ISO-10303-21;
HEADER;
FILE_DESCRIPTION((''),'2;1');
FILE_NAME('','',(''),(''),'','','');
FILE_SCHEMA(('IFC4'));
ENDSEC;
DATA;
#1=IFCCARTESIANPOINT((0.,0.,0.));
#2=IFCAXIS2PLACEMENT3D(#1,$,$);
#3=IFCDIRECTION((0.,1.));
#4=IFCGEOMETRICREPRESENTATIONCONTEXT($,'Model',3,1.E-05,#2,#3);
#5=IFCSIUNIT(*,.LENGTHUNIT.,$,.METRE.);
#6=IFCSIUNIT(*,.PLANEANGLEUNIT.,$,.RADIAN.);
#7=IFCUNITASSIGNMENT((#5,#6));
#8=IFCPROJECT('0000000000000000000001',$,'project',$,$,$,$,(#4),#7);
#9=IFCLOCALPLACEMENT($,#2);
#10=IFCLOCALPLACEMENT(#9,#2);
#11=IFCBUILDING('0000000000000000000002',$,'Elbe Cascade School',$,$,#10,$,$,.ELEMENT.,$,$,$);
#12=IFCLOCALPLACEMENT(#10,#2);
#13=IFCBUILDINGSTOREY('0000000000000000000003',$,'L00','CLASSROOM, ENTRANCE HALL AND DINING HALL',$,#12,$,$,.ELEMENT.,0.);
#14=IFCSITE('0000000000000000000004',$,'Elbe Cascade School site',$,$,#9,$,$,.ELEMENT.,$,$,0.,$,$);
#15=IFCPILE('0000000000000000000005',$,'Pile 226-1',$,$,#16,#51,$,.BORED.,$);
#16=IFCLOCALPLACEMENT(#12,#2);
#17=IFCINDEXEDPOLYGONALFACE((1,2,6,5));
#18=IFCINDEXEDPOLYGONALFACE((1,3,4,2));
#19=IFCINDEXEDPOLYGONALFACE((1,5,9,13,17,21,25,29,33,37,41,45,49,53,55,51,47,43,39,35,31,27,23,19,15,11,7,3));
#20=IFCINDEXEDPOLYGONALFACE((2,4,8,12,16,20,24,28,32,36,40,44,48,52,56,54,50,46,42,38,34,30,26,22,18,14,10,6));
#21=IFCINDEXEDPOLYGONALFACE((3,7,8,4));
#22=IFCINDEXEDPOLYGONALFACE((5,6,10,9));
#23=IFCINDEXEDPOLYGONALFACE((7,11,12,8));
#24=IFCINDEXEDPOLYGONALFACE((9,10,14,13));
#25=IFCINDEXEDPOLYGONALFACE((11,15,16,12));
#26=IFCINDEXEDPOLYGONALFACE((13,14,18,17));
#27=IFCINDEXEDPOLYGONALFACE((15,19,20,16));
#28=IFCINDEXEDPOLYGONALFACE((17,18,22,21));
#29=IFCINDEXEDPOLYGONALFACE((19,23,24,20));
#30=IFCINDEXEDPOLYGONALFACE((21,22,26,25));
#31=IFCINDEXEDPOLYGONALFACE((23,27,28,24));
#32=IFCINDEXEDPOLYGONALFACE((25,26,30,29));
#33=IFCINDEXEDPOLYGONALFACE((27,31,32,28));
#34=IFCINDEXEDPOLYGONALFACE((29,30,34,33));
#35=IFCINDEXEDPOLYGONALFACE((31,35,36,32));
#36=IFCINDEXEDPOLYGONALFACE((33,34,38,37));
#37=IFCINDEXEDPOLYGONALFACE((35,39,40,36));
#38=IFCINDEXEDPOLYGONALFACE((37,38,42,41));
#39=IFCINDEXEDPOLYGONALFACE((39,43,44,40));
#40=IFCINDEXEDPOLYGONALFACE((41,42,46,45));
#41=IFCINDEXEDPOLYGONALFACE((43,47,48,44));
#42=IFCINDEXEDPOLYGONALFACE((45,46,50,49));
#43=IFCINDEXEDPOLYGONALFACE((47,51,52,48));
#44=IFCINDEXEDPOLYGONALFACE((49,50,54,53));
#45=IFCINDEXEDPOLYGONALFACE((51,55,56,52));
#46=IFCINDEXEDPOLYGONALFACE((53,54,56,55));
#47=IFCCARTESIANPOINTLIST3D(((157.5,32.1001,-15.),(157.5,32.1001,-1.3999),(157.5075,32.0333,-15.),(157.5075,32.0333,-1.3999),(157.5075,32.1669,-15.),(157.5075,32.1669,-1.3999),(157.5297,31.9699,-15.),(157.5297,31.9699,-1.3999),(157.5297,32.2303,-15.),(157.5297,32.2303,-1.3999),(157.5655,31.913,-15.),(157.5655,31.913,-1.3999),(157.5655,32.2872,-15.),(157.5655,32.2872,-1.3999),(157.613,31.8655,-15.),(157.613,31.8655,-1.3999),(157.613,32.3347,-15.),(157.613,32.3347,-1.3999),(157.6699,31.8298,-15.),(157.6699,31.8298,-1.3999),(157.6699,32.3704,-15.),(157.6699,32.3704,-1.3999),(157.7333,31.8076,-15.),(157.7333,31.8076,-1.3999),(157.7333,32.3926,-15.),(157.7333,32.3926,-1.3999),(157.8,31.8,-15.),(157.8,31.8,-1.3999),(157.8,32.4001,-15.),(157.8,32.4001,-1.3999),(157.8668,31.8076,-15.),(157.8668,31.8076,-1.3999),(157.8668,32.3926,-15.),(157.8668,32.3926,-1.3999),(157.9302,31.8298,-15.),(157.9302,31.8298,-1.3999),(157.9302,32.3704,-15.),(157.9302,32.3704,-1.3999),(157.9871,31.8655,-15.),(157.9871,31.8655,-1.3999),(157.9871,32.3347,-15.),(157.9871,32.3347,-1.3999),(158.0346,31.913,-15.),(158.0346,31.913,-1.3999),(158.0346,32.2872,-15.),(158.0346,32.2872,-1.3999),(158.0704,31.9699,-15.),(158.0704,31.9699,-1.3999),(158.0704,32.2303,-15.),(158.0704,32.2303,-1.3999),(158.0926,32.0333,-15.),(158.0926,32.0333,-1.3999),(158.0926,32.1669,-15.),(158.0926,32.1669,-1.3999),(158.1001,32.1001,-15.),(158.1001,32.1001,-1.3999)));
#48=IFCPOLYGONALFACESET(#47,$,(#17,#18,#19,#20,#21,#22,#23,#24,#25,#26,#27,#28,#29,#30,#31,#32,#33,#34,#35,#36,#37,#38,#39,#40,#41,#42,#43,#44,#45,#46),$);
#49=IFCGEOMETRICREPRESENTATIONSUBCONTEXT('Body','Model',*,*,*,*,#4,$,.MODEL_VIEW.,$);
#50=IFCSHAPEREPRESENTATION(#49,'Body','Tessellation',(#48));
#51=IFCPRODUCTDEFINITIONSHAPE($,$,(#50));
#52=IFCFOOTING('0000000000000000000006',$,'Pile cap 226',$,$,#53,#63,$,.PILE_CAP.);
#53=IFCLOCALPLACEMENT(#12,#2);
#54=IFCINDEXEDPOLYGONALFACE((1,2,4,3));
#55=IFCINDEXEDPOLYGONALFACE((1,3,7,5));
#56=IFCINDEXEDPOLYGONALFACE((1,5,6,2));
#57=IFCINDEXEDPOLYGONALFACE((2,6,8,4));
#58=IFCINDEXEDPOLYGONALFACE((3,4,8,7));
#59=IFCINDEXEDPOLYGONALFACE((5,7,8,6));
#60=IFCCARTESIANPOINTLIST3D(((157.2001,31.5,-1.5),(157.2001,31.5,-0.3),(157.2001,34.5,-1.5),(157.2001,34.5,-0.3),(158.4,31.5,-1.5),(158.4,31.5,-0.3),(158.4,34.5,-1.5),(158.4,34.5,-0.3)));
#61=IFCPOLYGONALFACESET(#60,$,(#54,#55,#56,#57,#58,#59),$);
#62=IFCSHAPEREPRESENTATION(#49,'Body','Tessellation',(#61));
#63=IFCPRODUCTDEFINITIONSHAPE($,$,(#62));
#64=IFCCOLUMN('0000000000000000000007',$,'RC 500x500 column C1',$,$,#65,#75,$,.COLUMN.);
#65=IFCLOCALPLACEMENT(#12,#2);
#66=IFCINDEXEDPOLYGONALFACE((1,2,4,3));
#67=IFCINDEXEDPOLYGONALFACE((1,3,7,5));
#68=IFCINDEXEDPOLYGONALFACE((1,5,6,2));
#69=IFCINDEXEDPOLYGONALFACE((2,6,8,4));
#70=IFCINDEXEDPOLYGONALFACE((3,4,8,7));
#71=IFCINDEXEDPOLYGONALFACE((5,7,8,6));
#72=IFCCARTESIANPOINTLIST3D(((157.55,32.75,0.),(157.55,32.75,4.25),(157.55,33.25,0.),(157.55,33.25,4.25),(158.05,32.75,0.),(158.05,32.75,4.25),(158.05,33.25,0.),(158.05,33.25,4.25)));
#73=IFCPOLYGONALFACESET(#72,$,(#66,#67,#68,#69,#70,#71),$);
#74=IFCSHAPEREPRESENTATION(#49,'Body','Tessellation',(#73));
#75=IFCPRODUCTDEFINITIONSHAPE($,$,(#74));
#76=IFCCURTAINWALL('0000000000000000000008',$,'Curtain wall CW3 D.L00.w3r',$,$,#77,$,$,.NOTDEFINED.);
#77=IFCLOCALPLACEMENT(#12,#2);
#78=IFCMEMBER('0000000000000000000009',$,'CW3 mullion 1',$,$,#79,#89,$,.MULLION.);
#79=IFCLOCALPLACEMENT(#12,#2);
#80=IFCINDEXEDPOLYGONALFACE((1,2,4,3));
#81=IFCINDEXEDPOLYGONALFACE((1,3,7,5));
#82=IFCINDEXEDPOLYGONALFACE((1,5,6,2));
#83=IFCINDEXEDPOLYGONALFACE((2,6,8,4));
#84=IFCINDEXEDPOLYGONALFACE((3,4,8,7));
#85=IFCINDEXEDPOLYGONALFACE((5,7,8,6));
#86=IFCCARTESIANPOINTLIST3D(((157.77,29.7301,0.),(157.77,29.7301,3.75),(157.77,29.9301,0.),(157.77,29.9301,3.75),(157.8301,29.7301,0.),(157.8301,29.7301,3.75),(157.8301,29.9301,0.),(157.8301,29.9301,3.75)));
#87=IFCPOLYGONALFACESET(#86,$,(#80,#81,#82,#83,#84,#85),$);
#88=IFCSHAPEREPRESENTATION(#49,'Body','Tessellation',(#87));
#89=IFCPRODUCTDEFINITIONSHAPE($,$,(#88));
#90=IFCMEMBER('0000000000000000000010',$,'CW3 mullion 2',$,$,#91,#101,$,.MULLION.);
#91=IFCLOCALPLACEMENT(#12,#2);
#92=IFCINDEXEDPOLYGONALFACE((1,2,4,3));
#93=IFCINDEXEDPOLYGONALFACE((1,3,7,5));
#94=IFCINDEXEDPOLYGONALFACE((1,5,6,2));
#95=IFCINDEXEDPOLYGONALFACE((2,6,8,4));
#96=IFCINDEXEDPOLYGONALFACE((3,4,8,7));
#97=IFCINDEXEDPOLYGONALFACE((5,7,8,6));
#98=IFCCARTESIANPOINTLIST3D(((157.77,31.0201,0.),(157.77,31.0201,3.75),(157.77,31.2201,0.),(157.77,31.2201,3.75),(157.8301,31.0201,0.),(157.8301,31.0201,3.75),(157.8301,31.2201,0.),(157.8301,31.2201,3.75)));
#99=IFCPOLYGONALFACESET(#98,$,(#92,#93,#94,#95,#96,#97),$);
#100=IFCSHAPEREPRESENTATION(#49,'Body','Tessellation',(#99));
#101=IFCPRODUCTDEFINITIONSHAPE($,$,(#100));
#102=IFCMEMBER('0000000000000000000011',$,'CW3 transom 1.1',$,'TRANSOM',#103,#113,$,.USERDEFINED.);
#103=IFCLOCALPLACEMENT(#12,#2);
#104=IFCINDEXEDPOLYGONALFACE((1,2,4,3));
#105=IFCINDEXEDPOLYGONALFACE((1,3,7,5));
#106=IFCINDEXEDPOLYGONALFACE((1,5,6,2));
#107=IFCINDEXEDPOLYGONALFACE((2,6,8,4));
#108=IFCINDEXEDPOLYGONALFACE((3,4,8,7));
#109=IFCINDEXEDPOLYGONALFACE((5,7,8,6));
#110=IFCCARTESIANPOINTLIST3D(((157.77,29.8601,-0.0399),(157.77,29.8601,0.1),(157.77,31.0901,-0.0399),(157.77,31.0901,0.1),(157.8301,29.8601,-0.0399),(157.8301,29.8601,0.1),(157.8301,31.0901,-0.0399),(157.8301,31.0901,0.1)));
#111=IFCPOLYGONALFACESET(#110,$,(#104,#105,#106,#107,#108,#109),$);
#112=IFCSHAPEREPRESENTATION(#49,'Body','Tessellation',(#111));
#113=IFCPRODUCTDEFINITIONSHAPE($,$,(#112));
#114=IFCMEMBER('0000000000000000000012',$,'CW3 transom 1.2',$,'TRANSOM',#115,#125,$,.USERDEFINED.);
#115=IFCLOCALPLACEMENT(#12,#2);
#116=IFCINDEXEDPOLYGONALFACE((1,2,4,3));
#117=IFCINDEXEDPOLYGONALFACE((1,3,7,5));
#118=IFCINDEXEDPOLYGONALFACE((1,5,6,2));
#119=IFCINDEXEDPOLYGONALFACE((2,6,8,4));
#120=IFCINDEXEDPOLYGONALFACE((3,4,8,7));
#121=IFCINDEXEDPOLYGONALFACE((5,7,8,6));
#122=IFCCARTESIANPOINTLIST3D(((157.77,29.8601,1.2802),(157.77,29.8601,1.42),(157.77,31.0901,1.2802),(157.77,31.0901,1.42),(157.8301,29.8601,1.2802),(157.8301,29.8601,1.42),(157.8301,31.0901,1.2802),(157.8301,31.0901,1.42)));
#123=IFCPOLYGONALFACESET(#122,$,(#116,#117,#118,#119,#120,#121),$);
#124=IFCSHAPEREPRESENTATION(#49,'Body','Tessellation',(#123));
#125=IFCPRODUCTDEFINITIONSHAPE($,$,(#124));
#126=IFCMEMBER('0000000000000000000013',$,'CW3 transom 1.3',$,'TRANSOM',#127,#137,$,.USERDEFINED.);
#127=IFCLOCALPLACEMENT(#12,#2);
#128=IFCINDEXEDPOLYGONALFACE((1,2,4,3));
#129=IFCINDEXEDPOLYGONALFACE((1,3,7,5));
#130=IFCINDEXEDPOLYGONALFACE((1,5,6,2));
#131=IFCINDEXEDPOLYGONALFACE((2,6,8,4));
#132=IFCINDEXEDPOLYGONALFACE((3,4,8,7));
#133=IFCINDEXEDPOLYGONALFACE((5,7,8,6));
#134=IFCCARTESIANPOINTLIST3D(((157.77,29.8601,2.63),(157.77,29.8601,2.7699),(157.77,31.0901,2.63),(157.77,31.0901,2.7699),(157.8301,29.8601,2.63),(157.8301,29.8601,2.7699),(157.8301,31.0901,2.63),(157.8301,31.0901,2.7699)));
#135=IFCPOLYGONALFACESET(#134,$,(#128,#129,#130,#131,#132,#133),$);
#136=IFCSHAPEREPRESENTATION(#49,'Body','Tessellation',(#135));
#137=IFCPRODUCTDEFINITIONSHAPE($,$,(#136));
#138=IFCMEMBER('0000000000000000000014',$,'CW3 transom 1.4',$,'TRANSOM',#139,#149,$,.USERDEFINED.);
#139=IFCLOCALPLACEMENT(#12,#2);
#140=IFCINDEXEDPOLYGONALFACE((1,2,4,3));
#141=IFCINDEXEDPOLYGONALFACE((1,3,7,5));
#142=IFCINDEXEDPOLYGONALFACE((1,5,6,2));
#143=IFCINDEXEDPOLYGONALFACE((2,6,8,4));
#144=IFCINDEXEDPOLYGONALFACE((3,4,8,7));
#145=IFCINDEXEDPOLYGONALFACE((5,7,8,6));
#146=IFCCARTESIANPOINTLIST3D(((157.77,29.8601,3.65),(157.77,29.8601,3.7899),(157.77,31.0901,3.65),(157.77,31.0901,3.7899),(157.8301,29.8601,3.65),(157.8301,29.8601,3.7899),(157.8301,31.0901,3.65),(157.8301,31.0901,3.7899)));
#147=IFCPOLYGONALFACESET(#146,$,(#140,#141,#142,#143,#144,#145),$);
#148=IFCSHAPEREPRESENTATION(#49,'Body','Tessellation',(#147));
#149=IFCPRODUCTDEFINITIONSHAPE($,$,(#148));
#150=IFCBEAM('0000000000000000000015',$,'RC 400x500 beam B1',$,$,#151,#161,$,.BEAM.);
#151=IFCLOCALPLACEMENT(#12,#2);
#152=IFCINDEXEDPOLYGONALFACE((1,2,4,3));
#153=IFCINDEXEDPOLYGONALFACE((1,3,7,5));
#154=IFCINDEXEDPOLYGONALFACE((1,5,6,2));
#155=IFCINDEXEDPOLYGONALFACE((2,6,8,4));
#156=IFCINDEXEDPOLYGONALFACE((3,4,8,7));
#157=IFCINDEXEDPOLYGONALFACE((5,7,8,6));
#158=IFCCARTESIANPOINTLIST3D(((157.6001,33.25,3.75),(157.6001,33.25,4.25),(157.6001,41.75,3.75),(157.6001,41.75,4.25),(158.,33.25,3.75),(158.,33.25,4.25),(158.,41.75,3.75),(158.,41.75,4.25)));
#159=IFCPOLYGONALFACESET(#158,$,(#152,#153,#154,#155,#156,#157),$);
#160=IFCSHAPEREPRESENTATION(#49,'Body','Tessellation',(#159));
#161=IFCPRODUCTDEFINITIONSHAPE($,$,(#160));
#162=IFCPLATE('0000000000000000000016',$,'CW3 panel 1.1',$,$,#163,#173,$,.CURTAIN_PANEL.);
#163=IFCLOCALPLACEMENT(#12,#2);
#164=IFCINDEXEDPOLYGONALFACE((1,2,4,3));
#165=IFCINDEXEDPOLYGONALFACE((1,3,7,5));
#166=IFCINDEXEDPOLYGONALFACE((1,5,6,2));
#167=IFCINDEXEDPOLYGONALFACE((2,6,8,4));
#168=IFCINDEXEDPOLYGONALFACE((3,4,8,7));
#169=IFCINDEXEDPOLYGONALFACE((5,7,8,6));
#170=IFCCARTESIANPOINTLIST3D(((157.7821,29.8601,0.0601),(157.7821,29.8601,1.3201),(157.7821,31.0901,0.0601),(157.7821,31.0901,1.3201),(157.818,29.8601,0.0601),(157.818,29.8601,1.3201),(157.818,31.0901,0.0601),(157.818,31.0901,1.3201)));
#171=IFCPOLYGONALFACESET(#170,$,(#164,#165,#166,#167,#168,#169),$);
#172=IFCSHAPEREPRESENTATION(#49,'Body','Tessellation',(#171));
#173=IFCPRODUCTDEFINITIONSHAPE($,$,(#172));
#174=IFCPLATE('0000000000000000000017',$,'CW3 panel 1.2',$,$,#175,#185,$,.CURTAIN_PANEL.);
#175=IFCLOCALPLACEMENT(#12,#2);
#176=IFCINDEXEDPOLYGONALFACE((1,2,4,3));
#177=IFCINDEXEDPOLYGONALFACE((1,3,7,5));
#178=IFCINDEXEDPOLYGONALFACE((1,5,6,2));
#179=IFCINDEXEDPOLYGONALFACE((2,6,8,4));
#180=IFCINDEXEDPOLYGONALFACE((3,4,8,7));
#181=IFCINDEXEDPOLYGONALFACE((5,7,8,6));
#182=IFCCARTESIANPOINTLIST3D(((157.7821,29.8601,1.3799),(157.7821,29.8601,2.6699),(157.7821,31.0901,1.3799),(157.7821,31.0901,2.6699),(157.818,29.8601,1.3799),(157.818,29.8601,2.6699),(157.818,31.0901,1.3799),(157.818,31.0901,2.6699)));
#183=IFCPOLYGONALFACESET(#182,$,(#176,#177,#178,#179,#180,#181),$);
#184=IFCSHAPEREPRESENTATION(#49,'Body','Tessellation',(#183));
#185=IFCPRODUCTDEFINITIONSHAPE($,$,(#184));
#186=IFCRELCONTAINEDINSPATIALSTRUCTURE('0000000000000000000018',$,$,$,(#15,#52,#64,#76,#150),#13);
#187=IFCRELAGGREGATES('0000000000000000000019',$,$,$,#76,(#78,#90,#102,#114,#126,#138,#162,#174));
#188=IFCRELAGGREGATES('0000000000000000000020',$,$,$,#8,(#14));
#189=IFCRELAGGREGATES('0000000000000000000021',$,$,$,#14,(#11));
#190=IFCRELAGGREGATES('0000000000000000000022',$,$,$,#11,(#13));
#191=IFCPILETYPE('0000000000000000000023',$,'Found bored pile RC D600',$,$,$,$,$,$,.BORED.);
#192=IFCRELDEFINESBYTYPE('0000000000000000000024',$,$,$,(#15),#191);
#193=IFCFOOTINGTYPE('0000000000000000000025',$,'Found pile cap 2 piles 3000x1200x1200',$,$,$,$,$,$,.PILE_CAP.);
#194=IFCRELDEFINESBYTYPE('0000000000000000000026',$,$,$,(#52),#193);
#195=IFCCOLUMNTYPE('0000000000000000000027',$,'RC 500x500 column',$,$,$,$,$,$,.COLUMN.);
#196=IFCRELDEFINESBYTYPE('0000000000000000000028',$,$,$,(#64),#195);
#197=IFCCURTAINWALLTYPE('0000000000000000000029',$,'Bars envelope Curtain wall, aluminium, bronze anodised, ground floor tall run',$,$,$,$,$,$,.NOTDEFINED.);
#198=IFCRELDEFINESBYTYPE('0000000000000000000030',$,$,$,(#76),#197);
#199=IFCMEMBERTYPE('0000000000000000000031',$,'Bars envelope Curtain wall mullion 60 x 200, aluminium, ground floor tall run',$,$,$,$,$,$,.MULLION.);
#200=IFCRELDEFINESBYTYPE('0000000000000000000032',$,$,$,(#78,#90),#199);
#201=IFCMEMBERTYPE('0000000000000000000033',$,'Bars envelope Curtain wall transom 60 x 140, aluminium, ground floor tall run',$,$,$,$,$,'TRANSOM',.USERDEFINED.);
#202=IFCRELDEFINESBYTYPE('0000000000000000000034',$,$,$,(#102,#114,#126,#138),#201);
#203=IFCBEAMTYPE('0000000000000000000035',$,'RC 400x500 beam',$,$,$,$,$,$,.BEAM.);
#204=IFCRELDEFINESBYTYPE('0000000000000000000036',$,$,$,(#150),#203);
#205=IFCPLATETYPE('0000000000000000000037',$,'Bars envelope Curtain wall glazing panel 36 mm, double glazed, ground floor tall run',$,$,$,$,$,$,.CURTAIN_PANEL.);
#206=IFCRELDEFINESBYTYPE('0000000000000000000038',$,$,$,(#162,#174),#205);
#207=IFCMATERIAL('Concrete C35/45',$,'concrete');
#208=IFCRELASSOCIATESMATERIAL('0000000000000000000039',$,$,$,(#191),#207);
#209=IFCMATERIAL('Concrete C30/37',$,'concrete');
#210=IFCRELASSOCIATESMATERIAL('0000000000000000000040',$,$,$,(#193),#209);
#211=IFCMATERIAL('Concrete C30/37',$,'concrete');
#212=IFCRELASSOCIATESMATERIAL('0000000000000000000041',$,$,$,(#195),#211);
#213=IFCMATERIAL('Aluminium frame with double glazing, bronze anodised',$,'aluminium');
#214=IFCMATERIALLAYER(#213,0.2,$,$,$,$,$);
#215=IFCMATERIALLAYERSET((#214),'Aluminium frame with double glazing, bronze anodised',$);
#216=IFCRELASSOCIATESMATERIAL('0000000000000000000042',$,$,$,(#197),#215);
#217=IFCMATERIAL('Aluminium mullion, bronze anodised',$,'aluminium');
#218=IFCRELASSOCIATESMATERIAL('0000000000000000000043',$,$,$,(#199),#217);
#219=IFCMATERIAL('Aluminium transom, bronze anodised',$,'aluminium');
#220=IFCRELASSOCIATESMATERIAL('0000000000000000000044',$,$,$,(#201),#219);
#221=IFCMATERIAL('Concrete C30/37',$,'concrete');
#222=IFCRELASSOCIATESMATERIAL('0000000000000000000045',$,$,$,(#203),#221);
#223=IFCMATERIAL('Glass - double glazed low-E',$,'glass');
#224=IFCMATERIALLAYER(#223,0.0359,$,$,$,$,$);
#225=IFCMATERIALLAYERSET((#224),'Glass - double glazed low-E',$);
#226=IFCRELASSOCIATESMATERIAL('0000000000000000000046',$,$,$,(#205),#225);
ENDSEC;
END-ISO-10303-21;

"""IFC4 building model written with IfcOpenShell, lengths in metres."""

from ifc_helpers import new_model, si_unit, direction, frame, origin, origin_2d, place, context, subcontext, project, spatial, rectangle, circle, extrude, material, layer, layer_set, material_profile, profile_set, type_object, element, aggregate, save


model = new_model("IFC4")

# Units and contexts
model_context = context("Model", 3, precision=1e-05, world=origin(), true_north=direction((0.0, 1.0)))
body_context = subcontext(model_context, "Body", "Model", "MODEL_VIEW")
ifc_project = project(units=[si_unit("LENGTHUNIT", "METRE"), si_unit("PLANEANGLEUNIT", "RADIAN")], contexts=[model_context])

# Site, building, storey
site_placement = place(None, origin())
site = spatial("IfcSite", under=ifc_project, at=site_placement, Name="Elbe Cascade School site", CompositionType="ELEMENT", RefElevation=0.0)
building_placement = place(site_placement, origin())
building = spatial("IfcBuilding", under=site, at=building_placement, Name="Elbe Cascade School", CompositionType="ELEMENT")
storey_placement = place(building_placement, origin())
storey = spatial("IfcBuildingStorey", under=building, at=storey_placement, Name="L00", Description="CLASSROOM, ENTRANCE HALL AND DINING HALL", CompositionType="ELEMENT", Elevation=0.0)

# Pile
ifc_material_1 = material(Name="Concrete C35/45", Category="concrete")
ifc_material_profile_1 = material_profile(ifc_material_1, circle(Radius=0.3, at=origin_2d()), Name="RC D600")
ifc_profile_set_1 = profile_set([ifc_material_profile_1], Name="Concrete C35/45")
pile_type = type_object("IfcPileType", Name="Found bored pile RC D600", PredefinedType="BORED", material=ifc_profile_set_1)
pile_placement = place(storey_placement, frame((157.8, 32.1001, -1.3999), z_axis=(0.0, 0.0, -1.0), x_axis=(1.0, 0.0, 0.0)))
element("IfcPile", 1, at=pile_placement, inside=storey, type_object=pile_type, Name="Pile 226-1", PredefinedType="BORED", context=body_context, shape_type="SweptSolid", body=[
    extrude(circle(Radius=0.3, at=origin_2d()), origin(), (0.0, 0.0, 1.0), 13.6001),
])

# Footing
ifc_material_2 = material(Name="Concrete C30/37", Category="concrete")
footing_type = type_object("IfcFootingType", Name="Found pile cap 2 piles 3000x1200x1200", PredefinedType="PILE_CAP", material=ifc_material_2)
footing_placement = place(storey_placement, frame((157.8, 33.0, -1.5), z_axis=(0.0, 0.0, 1.0), x_axis=(1.0, 0.0, 0.0)))
element("IfcFooting", 2, at=footing_placement, inside=storey, type_object=footing_type, Name="Pile cap 226", PredefinedType="PILE_CAP", context=body_context, shape_type="SweptSolid", body=[
    extrude(rectangle(XDim=1.2, YDim=3.0, at=origin_2d()), origin(), (0.0, 0.0, 1.0), 1.2),
])

# Column
ifc_material_3 = material(Name="Concrete C30/37", Category="concrete")
ifc_material_profile_2 = material_profile(ifc_material_3, rectangle(XDim=0.5, YDim=0.5, at=origin_2d()), Name="RC 500x500")
ifc_profile_set_2 = profile_set([ifc_material_profile_2], Name="Concrete C30/37")
column_type = type_object("IfcColumnType", Name="RC 500x500 column", PredefinedType="COLUMN", material=ifc_profile_set_2)
column_placement = place(storey_placement, frame((157.8, 33.0, 0.0), z_axis=(0.0, 0.0, 1.0), x_axis=(1.0, 0.0, 0.0)))
element("IfcColumn", 3, at=column_placement, inside=storey, type_object=column_type, Name="RC 500x500 column C1", PredefinedType="COLUMN", context=body_context, shape_type="SweptSolid", body=[
    extrude(rectangle(XDim=0.5, YDim=0.5, at=origin_2d()), origin(), (0.0, 0.0, 1.0), 4.25),
])

# Curtain wall, members
ifc_material_4 = material(Name="Aluminium frame with double glazing, bronze anodised", Category="aluminium")
ifc_layer_1 = layer(ifc_material_4, 0.2)
ifc_layer_set_1 = layer_set([ifc_layer_1], Name="Aluminium frame with double glazing, bronze anodised")
curtain_wall_type = type_object("IfcCurtainWallType", Name="Bars envelope Curtain wall, aluminium, bronze anodised, ground floor tall run", PredefinedType="NOTDEFINED", material=ifc_layer_set_1)
curtain_wall_placement = place(storey_placement, origin())
curtain_wall = element("IfcCurtainWall", 4, at=curtain_wall_placement, inside=storey, type_object=curtain_wall_type, Name="Curtain wall CW3 D.L00.w3r", PredefinedType="NOTDEFINED")
ifc_material_5 = material(Name="Aluminium mullion, bronze anodised", Category="aluminium")
ifc_material_profile_3 = material_profile(ifc_material_5, rectangle(XDim=0.0601, YDim=0.2, at=origin_2d()), Name="Bars envelope Curtain wall mullion 60 x 200, aluminium, ground floor tall run")
ifc_profile_set_3 = profile_set([ifc_material_profile_3], Name="Aluminium mullion, bronze anodised")
member_type_1 = type_object("IfcMemberType", Name="Bars envelope Curtain wall mullion 60 x 200, aluminium, ground floor tall run", PredefinedType="MULLION", material=ifc_profile_set_3)
member_1_placement = place(storey_placement, frame((157.8, 29.8301, 0.0), z_axis=(0.0, 0.0, 1.0), x_axis=(-1.0, 0.0, 0.0)))
member_1 = element("IfcMember", 5, at=member_1_placement, type_object=member_type_1, Name="CW3 mullion 1", PredefinedType="MULLION", context=body_context, shape_type="SweptSolid", body=[
    extrude(rectangle(XDim=0.0601, YDim=0.2, at=origin_2d()), origin(), (0.0, 0.0, 1.0), 3.75),
])
member_2_placement = place(storey_placement, frame((157.8, 31.1201, 0.0), z_axis=(0.0, 0.0, 1.0), x_axis=(-1.0, 0.0, 0.0)))
member_2 = element("IfcMember", 6, at=member_2_placement, type_object=member_type_1, Name="CW3 mullion 2", PredefinedType="MULLION", context=body_context, shape_type="SweptSolid", body=[
    extrude(rectangle(XDim=0.0601, YDim=0.2, at=origin_2d()), origin(), (0.0, 0.0, 1.0), 3.75),
])
ifc_material_6 = material(Name="Aluminium transom, bronze anodised", Category="aluminium")
ifc_material_profile_4 = material_profile(ifc_material_6, rectangle(XDim=0.0601, YDim=0.1399, at=origin_2d()), Name="Bars envelope Curtain wall transom 60 x 140, aluminium, ground floor tall run")
ifc_profile_set_4 = profile_set([ifc_material_profile_4], Name="Aluminium transom, bronze anodised")
member_type_2 = type_object("IfcMemberType", Name="Bars envelope Curtain wall transom 60 x 140, aluminium, ground floor tall run", ElementType="TRANSOM", PredefinedType="USERDEFINED", material=ifc_profile_set_4)
member_3_placement = place(storey_placement, frame((157.8, 29.8601, 0.03), z_axis=(0.0, 1.0, 0.0), x_axis=(-1.0, 0.0, 0.0)))
member_3 = element("IfcMember", 7, at=member_3_placement, type_object=member_type_2, Name="CW3 transom 1.1", ObjectType="TRANSOM", PredefinedType="USERDEFINED", context=body_context, shape_type="SweptSolid", body=[
    extrude(rectangle(XDim=0.0601, YDim=0.1399, at=origin_2d()), origin(), (0.0, 0.0, 1.0), 1.23),
])
member_4_placement = place(storey_placement, frame((157.8, 29.8601, 1.3501), z_axis=(0.0, 1.0, 0.0), x_axis=(-1.0, 0.0, 0.0)))
member_4 = element("IfcMember", 8, at=member_4_placement, type_object=member_type_2, Name="CW3 transom 1.2", ObjectType="TRANSOM", PredefinedType="USERDEFINED", context=body_context, shape_type="SweptSolid", body=[
    extrude(rectangle(XDim=0.0601, YDim=0.1399, at=origin_2d()), origin(), (0.0, 0.0, 1.0), 1.23),
])
member_5_placement = place(storey_placement, frame((157.8, 29.8601, 2.7), z_axis=(0.0, 1.0, 0.0), x_axis=(-1.0, 0.0, 0.0)))
member_5 = element("IfcMember", 9, at=member_5_placement, type_object=member_type_2, Name="CW3 transom 1.3", ObjectType="TRANSOM", PredefinedType="USERDEFINED", context=body_context, shape_type="SweptSolid", body=[
    extrude(rectangle(XDim=0.0601, YDim=0.1399, at=origin_2d()), origin(), (0.0, 0.0, 1.0), 1.23),
])
member_6_placement = place(storey_placement, frame((157.8, 29.8601, 3.72), z_axis=(0.0, 1.0, 0.0), x_axis=(-1.0, 0.0, 0.0)))
member_6 = element("IfcMember", 10, at=member_6_placement, type_object=member_type_2, Name="CW3 transom 1.4", ObjectType="TRANSOM", PredefinedType="USERDEFINED", context=body_context, shape_type="SweptSolid", body=[
    extrude(rectangle(XDim=0.0601, YDim=0.1399, at=origin_2d()), origin(), (0.0, 0.0, 1.0), 1.23),
])

# Beam
ifc_material_7 = material(Name="Concrete C30/37", Category="concrete")
ifc_material_profile_5 = material_profile(ifc_material_7, rectangle(XDim=0.3999, YDim=0.5, at=origin_2d()), Name="RC 400x500")
ifc_profile_set_5 = profile_set([ifc_material_profile_5], Name="Concrete C30/37")
beam_type = type_object("IfcBeamType", Name="RC 400x500 beam", PredefinedType="BEAM", material=ifc_profile_set_5)
beam_placement = place(storey_placement, frame((157.8, 33.25, 4.0), z_axis=(0.0, 1.0, 0.0), x_axis=(-1.0, 0.0, 0.0)))
element("IfcBeam", 11, at=beam_placement, inside=storey, type_object=beam_type, Name="RC 400x500 beam B1", PredefinedType="BEAM", context=body_context, shape_type="SweptSolid", body=[
    extrude(rectangle(XDim=0.3999, YDim=0.5, at=origin_2d()), origin(), (0.0, 0.0, 1.0), 8.5),
])

# Plates
ifc_material_8 = material(Name="Glass - double glazed low-E", Category="glass")
ifc_layer_2 = layer(ifc_material_8, 0.0359)
ifc_layer_set_2 = layer_set([ifc_layer_2], Name="Glass - double glazed low-E")
plate_type = type_object("IfcPlateType", Name="Bars envelope Curtain wall glazing panel 36 mm, double glazed, ground floor tall run", PredefinedType="CURTAIN_PANEL", material=ifc_layer_set_2)
plate_1_placement = place(storey_placement, frame((157.8, 30.4751, 0.0601), z_axis=(0.0, 0.0, 1.0), x_axis=(0.0, 1.0, 0.0)))
plate_1 = element("IfcPlate", 12, at=plate_1_placement, type_object=plate_type, Name="CW3 panel 1.1", PredefinedType="CURTAIN_PANEL", context=body_context, shape_type="SweptSolid", body=[
    extrude(rectangle(XDim=1.23, YDim=0.0359, at=origin_2d()), origin(), (0.0, 0.0, 1.0), 1.26),
])
plate_2_placement = place(storey_placement, frame((157.8, 30.4751, 1.3799), z_axis=(0.0, 0.0, 1.0), x_axis=(0.0, 1.0, 0.0)))
plate_2 = element("IfcPlate", 13, at=plate_2_placement, type_object=plate_type, Name="CW3 panel 1.2", PredefinedType="CURTAIN_PANEL", context=body_context, shape_type="SweptSolid", body=[
    extrude(rectangle(XDim=1.23, YDim=0.0359, at=origin_2d()), origin(), (0.0, 0.0, 1.0), 1.29),
])
aggregate(curtain_wall, [member_1, member_2, member_3, member_4, member_5, member_6, plate_1, plate_2])

save(model, "model.ifc")
